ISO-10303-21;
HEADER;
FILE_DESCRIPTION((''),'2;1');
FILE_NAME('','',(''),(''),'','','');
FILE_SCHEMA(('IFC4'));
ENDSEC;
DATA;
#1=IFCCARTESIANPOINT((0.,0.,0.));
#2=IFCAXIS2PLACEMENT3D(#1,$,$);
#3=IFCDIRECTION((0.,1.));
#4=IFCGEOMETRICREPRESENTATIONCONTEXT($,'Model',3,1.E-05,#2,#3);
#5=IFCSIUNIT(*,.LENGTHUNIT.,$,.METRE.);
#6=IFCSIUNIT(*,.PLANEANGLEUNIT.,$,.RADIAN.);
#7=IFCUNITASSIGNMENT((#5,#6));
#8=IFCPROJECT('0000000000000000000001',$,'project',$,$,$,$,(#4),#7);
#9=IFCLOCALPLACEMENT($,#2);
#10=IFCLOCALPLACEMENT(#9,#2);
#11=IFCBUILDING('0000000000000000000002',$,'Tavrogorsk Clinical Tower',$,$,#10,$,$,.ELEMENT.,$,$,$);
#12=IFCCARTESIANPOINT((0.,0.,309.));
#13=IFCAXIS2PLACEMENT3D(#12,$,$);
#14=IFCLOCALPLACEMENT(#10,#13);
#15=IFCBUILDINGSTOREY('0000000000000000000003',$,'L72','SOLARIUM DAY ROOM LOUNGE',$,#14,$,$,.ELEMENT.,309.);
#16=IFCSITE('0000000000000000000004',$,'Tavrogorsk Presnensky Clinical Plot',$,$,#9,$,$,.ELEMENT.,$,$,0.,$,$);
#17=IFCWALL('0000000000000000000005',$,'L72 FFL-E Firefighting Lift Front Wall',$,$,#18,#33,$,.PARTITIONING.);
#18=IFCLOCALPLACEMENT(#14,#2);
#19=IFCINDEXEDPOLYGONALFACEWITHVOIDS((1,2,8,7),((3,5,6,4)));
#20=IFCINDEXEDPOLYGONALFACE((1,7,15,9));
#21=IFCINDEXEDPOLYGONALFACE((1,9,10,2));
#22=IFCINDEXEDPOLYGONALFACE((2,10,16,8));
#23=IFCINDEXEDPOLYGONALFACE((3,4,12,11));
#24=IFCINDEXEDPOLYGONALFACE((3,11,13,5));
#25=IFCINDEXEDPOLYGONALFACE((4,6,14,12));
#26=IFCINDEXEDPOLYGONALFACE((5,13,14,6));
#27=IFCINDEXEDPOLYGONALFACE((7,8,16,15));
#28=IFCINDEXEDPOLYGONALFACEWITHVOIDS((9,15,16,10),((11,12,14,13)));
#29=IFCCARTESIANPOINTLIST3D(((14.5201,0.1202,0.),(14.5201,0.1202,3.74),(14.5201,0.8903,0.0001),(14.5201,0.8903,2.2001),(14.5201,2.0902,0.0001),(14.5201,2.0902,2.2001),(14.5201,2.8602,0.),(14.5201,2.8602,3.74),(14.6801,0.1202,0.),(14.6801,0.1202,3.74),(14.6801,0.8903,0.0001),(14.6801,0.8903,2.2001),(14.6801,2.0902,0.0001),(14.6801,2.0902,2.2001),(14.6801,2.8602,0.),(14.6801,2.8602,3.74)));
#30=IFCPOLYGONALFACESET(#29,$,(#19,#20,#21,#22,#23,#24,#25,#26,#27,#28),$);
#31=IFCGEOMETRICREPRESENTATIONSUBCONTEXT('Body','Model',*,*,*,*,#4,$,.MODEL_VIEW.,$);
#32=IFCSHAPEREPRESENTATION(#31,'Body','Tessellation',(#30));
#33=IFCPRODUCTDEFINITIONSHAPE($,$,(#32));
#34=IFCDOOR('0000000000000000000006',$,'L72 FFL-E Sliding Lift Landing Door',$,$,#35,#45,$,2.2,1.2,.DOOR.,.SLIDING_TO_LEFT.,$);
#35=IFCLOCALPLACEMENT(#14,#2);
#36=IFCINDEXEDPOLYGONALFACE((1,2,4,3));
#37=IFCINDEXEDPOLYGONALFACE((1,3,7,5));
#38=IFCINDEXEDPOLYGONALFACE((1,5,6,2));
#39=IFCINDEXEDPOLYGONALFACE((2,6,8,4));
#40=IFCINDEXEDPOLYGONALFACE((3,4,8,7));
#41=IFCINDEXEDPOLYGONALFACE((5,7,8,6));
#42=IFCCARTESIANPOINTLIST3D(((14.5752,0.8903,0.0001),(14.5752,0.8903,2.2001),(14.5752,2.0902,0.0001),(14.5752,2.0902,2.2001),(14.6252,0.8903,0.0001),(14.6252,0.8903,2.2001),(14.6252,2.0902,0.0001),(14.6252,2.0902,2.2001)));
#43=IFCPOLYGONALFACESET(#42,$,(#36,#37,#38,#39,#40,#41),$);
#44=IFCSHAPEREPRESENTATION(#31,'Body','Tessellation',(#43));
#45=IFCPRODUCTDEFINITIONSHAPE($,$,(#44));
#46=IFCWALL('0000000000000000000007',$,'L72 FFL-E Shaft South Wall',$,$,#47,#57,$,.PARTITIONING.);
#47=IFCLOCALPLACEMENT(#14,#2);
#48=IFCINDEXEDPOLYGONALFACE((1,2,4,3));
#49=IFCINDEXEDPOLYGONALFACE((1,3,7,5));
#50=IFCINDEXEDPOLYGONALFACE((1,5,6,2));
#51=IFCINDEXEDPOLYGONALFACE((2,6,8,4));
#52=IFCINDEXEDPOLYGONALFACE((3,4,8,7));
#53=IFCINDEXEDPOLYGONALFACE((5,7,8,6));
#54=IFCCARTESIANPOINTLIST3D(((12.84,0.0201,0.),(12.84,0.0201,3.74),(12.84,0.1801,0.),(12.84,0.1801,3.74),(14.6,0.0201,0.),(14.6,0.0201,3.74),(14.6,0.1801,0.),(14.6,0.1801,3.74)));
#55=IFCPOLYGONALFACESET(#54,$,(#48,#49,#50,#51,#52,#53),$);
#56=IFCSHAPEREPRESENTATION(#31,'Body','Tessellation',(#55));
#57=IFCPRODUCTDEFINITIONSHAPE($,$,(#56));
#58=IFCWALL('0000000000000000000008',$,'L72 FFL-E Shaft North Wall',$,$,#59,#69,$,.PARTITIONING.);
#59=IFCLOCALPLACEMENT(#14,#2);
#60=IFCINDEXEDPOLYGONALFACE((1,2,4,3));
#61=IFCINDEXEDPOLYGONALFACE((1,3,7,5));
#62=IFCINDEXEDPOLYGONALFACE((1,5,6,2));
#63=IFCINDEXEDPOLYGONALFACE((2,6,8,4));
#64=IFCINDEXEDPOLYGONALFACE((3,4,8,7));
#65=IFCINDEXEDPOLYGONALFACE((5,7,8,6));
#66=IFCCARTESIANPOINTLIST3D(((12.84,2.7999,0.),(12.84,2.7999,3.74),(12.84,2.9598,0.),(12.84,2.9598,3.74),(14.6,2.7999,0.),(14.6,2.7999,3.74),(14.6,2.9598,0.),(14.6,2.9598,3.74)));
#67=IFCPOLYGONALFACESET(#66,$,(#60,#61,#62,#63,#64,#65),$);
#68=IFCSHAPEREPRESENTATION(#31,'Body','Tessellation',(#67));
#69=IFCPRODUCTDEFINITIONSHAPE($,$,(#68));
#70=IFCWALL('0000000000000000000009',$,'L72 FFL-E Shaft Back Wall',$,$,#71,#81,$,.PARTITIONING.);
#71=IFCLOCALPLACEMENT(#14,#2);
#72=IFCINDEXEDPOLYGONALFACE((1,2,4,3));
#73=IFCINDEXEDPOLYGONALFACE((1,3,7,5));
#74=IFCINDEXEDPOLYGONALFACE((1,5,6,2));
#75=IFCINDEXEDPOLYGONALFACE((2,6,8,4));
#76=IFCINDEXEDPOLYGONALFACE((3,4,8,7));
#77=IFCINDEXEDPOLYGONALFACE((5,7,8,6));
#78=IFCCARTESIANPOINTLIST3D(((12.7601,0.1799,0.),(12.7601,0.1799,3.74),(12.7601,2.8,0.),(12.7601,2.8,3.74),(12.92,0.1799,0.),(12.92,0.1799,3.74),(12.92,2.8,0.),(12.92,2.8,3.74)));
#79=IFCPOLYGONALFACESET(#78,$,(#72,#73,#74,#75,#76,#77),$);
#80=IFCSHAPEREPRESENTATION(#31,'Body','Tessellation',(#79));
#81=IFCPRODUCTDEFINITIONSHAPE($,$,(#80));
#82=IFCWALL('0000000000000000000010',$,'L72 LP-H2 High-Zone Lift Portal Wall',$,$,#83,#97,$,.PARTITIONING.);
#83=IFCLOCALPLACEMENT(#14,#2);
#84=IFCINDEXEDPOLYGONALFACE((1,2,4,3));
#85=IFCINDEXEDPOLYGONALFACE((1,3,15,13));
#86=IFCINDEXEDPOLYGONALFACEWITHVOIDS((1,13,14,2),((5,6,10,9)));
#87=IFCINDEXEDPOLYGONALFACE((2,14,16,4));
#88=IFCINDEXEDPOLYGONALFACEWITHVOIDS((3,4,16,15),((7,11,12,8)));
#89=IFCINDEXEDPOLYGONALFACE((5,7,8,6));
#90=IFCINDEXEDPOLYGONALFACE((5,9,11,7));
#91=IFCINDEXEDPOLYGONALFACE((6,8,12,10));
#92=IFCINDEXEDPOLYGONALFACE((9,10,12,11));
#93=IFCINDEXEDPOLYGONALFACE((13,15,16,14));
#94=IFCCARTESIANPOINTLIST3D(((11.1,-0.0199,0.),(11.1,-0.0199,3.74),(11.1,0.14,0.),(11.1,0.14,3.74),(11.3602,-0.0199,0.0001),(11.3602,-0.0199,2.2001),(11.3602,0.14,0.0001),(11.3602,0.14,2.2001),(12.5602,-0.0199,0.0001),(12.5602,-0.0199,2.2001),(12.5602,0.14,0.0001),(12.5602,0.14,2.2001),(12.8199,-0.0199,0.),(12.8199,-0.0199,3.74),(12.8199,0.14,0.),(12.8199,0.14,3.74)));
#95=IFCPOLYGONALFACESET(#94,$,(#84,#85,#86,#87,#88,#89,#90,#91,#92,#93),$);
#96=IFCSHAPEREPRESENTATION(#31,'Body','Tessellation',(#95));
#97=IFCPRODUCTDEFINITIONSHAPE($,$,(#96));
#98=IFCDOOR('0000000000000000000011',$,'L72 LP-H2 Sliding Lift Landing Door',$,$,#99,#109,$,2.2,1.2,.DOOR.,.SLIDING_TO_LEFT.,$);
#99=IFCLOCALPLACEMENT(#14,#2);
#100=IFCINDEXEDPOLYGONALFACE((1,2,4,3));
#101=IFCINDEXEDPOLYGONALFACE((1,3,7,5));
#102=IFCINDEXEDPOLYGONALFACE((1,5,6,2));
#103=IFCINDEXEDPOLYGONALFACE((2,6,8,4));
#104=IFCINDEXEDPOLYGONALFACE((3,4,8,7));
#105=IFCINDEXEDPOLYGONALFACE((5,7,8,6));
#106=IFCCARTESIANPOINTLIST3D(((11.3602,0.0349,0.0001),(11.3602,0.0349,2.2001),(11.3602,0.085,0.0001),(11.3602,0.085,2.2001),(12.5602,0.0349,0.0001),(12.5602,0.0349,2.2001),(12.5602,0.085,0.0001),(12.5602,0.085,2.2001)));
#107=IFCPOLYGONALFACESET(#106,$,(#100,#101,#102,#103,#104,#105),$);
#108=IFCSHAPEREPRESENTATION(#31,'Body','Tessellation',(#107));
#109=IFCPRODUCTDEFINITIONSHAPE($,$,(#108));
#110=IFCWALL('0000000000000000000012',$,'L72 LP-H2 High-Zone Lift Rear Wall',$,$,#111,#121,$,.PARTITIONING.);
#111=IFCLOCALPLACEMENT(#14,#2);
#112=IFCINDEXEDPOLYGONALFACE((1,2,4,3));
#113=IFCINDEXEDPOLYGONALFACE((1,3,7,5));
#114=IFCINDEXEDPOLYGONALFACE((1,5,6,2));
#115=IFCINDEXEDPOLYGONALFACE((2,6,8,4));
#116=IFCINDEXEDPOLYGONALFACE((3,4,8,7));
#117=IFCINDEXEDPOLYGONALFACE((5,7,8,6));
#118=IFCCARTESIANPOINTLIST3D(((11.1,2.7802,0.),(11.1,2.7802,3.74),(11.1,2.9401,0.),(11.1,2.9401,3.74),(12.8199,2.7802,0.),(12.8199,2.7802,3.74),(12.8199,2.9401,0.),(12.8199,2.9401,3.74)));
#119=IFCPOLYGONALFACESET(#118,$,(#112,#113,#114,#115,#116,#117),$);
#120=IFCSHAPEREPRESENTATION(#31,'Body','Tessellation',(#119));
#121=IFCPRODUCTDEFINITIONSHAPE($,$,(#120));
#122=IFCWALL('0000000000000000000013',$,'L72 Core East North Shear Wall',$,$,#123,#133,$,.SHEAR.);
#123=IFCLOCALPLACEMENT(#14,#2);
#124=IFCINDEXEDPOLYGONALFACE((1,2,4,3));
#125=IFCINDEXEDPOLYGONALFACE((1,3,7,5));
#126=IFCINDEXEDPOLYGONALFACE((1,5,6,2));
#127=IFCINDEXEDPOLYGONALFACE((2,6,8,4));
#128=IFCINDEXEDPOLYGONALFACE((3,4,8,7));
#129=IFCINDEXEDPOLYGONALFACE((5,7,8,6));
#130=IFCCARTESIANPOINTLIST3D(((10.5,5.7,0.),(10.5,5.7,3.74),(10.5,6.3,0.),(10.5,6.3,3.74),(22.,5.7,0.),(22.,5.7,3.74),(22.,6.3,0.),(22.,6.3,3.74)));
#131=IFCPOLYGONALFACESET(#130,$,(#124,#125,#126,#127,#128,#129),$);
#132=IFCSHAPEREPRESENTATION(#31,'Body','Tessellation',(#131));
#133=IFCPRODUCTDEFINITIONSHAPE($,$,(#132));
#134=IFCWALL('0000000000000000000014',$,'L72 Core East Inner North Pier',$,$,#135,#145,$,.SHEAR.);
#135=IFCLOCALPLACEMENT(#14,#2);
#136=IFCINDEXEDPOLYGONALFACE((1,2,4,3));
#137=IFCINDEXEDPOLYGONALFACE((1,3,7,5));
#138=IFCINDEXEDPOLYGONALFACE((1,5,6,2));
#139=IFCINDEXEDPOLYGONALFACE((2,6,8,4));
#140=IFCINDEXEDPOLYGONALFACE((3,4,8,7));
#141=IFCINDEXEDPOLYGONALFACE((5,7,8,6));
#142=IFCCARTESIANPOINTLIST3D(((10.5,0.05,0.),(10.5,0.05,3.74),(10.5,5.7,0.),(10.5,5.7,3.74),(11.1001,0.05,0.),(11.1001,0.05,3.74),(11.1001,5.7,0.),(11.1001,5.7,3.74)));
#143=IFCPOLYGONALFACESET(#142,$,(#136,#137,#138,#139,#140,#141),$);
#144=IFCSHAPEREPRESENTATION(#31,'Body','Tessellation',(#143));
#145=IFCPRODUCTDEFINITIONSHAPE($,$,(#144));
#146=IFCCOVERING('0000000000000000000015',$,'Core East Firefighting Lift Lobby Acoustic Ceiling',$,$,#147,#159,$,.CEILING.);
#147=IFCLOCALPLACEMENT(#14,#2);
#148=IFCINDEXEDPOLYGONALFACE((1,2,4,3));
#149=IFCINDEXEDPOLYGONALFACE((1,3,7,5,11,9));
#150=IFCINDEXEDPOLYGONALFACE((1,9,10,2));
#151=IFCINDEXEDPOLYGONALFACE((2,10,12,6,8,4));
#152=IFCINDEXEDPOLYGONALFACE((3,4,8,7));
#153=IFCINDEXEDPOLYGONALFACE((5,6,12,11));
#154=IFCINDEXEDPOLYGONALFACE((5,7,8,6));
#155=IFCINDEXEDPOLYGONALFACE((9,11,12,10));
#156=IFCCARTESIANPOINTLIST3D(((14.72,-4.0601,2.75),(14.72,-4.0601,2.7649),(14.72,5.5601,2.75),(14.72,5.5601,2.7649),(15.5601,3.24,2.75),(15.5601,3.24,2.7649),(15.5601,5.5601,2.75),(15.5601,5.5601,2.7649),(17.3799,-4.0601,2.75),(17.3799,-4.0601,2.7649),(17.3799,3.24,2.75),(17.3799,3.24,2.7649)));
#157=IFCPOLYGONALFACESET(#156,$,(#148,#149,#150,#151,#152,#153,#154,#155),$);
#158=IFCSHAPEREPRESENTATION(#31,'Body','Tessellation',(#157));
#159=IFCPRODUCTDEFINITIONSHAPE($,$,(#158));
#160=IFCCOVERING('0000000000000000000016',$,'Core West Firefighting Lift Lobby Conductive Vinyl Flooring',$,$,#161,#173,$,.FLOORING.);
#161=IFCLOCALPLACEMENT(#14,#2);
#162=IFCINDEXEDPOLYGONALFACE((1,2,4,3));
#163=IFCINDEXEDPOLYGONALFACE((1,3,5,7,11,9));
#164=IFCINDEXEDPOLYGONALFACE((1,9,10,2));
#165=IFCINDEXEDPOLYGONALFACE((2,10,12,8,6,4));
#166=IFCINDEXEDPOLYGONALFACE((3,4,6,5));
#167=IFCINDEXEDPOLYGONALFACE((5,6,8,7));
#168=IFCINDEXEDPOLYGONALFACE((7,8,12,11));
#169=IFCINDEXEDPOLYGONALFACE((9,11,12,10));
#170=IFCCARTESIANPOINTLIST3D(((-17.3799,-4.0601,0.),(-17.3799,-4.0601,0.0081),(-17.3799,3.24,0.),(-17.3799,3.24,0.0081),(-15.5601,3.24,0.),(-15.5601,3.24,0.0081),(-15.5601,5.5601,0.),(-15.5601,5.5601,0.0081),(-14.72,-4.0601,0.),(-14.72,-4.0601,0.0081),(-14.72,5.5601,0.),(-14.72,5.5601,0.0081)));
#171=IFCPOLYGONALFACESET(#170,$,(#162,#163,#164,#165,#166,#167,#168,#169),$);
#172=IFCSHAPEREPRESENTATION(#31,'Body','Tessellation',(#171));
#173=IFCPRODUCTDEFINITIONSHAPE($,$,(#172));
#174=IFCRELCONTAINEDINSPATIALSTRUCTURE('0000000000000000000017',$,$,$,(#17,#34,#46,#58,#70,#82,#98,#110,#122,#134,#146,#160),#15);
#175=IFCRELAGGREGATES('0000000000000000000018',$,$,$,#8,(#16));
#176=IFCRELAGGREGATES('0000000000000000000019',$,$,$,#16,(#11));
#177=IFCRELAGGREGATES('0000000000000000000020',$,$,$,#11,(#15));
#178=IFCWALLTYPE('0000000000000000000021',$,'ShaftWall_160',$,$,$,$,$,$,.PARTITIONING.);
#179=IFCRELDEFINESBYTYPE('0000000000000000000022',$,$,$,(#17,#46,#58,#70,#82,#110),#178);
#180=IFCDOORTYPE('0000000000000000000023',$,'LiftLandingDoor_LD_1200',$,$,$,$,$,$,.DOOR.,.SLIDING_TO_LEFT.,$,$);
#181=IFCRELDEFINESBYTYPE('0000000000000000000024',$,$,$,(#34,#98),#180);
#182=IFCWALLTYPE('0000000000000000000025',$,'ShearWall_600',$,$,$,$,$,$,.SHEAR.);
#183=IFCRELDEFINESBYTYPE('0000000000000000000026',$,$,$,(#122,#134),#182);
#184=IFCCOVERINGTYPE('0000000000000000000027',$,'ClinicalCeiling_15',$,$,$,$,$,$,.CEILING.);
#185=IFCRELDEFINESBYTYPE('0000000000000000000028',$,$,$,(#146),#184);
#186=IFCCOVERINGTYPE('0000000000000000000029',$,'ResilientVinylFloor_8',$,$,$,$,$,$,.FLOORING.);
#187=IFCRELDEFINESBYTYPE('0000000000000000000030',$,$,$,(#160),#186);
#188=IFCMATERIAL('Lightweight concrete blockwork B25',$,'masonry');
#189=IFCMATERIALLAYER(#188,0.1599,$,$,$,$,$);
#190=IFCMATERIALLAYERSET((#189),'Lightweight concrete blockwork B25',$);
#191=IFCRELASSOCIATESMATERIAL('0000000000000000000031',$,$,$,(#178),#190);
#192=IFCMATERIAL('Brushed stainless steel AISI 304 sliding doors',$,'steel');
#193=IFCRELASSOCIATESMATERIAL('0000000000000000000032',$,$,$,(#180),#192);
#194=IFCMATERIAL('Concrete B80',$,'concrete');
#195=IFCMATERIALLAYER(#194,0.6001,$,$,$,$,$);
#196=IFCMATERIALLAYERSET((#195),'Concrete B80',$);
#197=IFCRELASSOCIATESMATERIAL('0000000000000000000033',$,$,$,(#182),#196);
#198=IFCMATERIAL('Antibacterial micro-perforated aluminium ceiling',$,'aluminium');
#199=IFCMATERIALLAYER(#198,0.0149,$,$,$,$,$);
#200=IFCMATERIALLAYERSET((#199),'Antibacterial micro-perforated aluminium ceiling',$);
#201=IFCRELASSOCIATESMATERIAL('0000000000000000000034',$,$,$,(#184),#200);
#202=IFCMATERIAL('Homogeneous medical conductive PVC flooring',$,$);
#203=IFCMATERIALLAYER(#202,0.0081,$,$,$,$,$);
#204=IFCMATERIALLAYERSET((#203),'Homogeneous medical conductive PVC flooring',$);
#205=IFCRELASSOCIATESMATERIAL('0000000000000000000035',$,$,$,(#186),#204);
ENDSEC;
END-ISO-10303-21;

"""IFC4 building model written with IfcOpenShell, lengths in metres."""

from ifc_helpers import new_model, si_unit, direction, frame, frame_2d, origin, place, context, subcontext, project, spatial, polyline, rectangle, outline, extrude, material, layer, layer_set, type_object, element, fill, save


model = new_model("IFC4")

# Units and contexts
model_context = context("Model", 3, precision=1e-05, world=origin(), true_north=direction((0.0, 1.0)))
body_context = subcontext(model_context, "Body", "Model", "MODEL_VIEW")
ifc_project = project(units=[si_unit("LENGTHUNIT", "METRE"), si_unit("PLANEANGLEUNIT", "RADIAN")], contexts=[model_context])

# Site, building, storey
site_placement = place(None, origin())
site = spatial("IfcSite", under=ifc_project, at=site_placement, Name="Tavrogorsk Presnensky Clinical Plot", CompositionType="ELEMENT", RefElevation=0.0)
building_placement = place(site_placement, origin())
building = spatial("IfcBuilding", under=site, at=building_placement, Name="Tavrogorsk Clinical Tower", CompositionType="ELEMENT")
storey_placement = place(building_placement, frame((0.0, 0.0, 309.0)))
storey = spatial("IfcBuildingStorey", under=building, at=storey_placement, Name="L72", Description="SOLARIUM DAY ROOM LOUNGE", CompositionType="ELEMENT", Elevation=309.0)

# Wall, opening, door
ifc_material_1 = material(Name="Lightweight concrete blockwork B25", Category="masonry")
ifc_layer_1 = layer(ifc_material_1, 0.1599)
ifc_layer_set_1 = layer_set([ifc_layer_1], Name="Lightweight concrete blockwork B25")
wall_type_1 = type_object("IfcWallType", Name="ShaftWall_160", PredefinedType="PARTITIONING", material=ifc_layer_set_1)
wall_1_placement = place(storey_placement, frame((14.6001, 0.1201, 0.0), z_axis=(0.0, 0.0, 1.0), x_axis=(0.0, 1.0, 0.0)))
wall_1 = element("IfcWall", 1, at=wall_1_placement, inside=storey, type_object=wall_type_1, Name="L72 FFL-E Firefighting Lift Front Wall", PredefinedType="PARTITIONING", context=body_context, shape_type="SweptSolid", body=[
    extrude(rectangle(XDim=2.74, YDim=0.1599, at=frame_2d((1.3701, 0.0))), origin(), (0.0, 0.0, 1.0), 3.74),
])
opening_1_placement = place(wall_1_placement, frame((0.77, 0.0, 0.0)))
opening_1 = element("IfcOpeningElement", 2, at=opening_1_placement, cuts=wall_1, PredefinedType="OPENING", context=body_context, shape_type="SweptSolid", body=[
    extrude(rectangle(XDim=1.2, YDim=2.2, at=frame_2d((0.6001, 1.1001))), frame((0.0, 0.0898, 0.0), z_axis=(0.0, -1.0, 0.0), x_axis=(1.0, 0.0, 0.0)), (0.0, 0.0, 1.0), 0.1799),
])
ifc_material_2 = material(Name="Brushed stainless steel AISI 304 sliding doors", Category="steel")
door_type_1 = type_object("IfcDoorType", Name="LiftLandingDoor_LD_1200", OperationType="SLIDING_TO_LEFT", PredefinedType="DOOR", material=ifc_material_2)
door_1_placement = place(opening_1_placement, origin())
door_1 = element("IfcDoor", 3, at=door_1_placement, inside=storey, type_object=door_type_1, Name="L72 FFL-E Sliding Lift Landing Door", OperationType="SLIDING_TO_LEFT", OverallHeight=2.2, OverallWidth=1.2, PredefinedType="DOOR", context=body_context, shape_type="SweptSolid", body=[
    extrude(rectangle(XDim=1.2, YDim=2.2, at=frame_2d((0.6001, 1.1001))), frame((0.0, 0.0249, 0.0), z_axis=(0.0, -1.0, 0.0), x_axis=(1.0, 0.0, 0.0)), (0.0, 0.0, 1.0), 0.05),
])
fill(opening_1, door_1)

# Walls
for number, where, z_axis, x_axis, name in (
    (4, (12.8401, 0.1001, 0.0), (0.0, 0.0, 1.0), (1.0, 0.0, 0.0), "L72 FFL-E Shaft South Wall"),
    (5, (12.8401, 2.8799, 0.0), (0.0, 0.0, 1.0), (1.0, 0.0, 0.0), "L72 FFL-E Shaft North Wall"),
):
    element("IfcWall", number, at=place(storey_placement, frame(where, z_axis=z_axis, x_axis=x_axis)), inside=storey, type_object=wall_type_1, Name=name, PredefinedType="PARTITIONING", context=body_context, shape_type="SweptSolid", body=[
        extrude(rectangle(XDim=1.76, YDim=0.1599, at=frame_2d((0.8799, 0.0))), origin(), (0.0, 0.0, 1.0), 3.74),
    ])
wall_2_placement = place(storey_placement, frame((12.8401, 0.1799, 0.0), z_axis=(0.0, 0.0, 1.0), x_axis=(0.0, 1.0, 0.0)))
element("IfcWall", 6, at=wall_2_placement, inside=storey, type_object=wall_type_1, Name="L72 FFL-E Shaft Back Wall", PredefinedType="PARTITIONING", context=body_context, shape_type="SweptSolid", body=[
    extrude(rectangle(XDim=2.6201, YDim=0.1599, at=frame_2d((1.3101, 0.0))), origin(), (0.0, 0.0, 1.0), 3.74),
])

# Wall, opening, door
wall_3_placement = place(storey_placement, frame((11.1001, 0.0601, 0.0), z_axis=(0.0, 0.0, 1.0), x_axis=(1.0, 0.0, 0.0)))
wall_3 = element("IfcWall", 7, at=wall_3_placement, inside=storey, type_object=wall_type_1, Name="L72 LP-H2 High-Zone Lift Portal Wall", PredefinedType="PARTITIONING", context=body_context, shape_type="SweptSolid", body=[
    extrude(rectangle(XDim=1.72, YDim=0.1599, at=frame_2d((0.8599, 0.0))), origin(), (0.0, 0.0, 1.0), 3.74),
])
opening_2_placement = place(wall_3_placement, frame((0.26, 0.0, 0.0)))
opening_2 = element("IfcOpeningElement", 8, at=opening_2_placement, cuts=wall_3, PredefinedType="OPENING", context=body_context, shape_type="SweptSolid", body=[
    extrude(rectangle(XDim=1.2, YDim=2.2, at=frame_2d((0.6001, 1.1001))), frame((0.0, 0.0898, 0.0), z_axis=(0.0, -1.0, 0.0), x_axis=(1.0, 0.0, 0.0)), (0.0, 0.0, 1.0), 0.1799),
])
door_2_placement = place(opening_2_placement, origin())
door_2 = element("IfcDoor", 9, at=door_2_placement, inside=storey, type_object=door_type_1, Name="L72 LP-H2 Sliding Lift Landing Door", OperationType="SLIDING_TO_LEFT", OverallHeight=2.2, OverallWidth=1.2, PredefinedType="DOOR", context=body_context, shape_type="SweptSolid", body=[
    extrude(rectangle(XDim=1.2, YDim=2.2, at=frame_2d((0.6001, 1.1001))), frame((0.0, 0.0249, 0.0), z_axis=(0.0, -1.0, 0.0), x_axis=(1.0, 0.0, 0.0)), (0.0, 0.0, 1.0), 0.05),
])
fill(opening_2, door_2)

# Walls
wall_4_placement = place(storey_placement, frame((11.1001, 2.8601, 0.0), z_axis=(0.0, 0.0, 1.0), x_axis=(1.0, 0.0, 0.0)))
element("IfcWall", 10, at=wall_4_placement, inside=storey, type_object=wall_type_1, Name="L72 LP-H2 High-Zone Lift Rear Wall", PredefinedType="PARTITIONING", context=body_context, shape_type="SweptSolid", body=[
    extrude(rectangle(XDim=1.72, YDim=0.1599, at=frame_2d((0.8599, 0.0))), origin(), (0.0, 0.0, 1.0), 3.74),
])
ifc_material_3 = material(Name="Concrete B80", Category="concrete")
ifc_layer_2 = layer(ifc_material_3, 0.6001)
ifc_layer_set_2 = layer_set([ifc_layer_2], Name="Concrete B80")
wall_type_2 = type_object("IfcWallType", Name="ShearWall_600", PredefinedType="SHEAR", material=ifc_layer_set_2)
wall_5_placement = place(storey_placement, frame((10.5, 6.0, 0.0), z_axis=(0.0, 0.0, 1.0), x_axis=(1.0, 0.0, 0.0)))
element("IfcWall", 11, at=wall_5_placement, inside=storey, type_object=wall_type_2, Name="L72 Core East North Shear Wall", PredefinedType="SHEAR", context=body_context, shape_type="SweptSolid", body=[
    extrude(rectangle(XDim=11.5, YDim=0.6001, at=frame_2d((5.75, 0.0))), origin(), (0.0, 0.0, 1.0), 3.74),
])
wall_6_placement = place(storey_placement, frame((10.8, 0.05, 0.0), z_axis=(0.0, 0.0, 1.0), x_axis=(0.0, 1.0, 0.0)))
element("IfcWall", 12, at=wall_6_placement, inside=storey, type_object=wall_type_2, Name="L72 Core East Inner North Pier", PredefinedType="SHEAR", context=body_context, shape_type="SweptSolid", body=[
    extrude(rectangle(XDim=5.6499, YDim=0.6001, at=frame_2d((2.825, 0.0))), origin(), (0.0, 0.0, 1.0), 3.74),
])

# Coverings
ifc_material_4 = material(Name="Antibacterial micro-perforated aluminium ceiling", Category="aluminium")
ifc_layer_3 = layer(ifc_material_4, 0.0149)
ifc_layer_set_3 = layer_set([ifc_layer_3], Name="Antibacterial micro-perforated aluminium ceiling")
covering_type_1 = type_object("IfcCoveringType", Name="ClinicalCeiling_15", PredefinedType="CEILING", material=ifc_layer_set_3)
covering_1_placement = place(storey_placement, frame((0.0, 0.0, 2.75)))
element("IfcCovering", 13, at=covering_1_placement, inside=storey, type_object=covering_type_1, Name="Core East Firefighting Lift Lobby Acoustic Ceiling", PredefinedType="CEILING", context=body_context, shape_type="SweptSolid", body=[
    extrude(outline(polyline([(17.3799, -4.0601), (14.72, -4.0601), (14.72, 5.5601), (15.5601, 5.5601), (15.5601, 3.24), (17.3799, 3.24), (17.3799, -4.0601)])), origin(), (0.0, 0.0, 1.0), 0.0149),
])
ifc_material_5 = material(Name="Homogeneous medical conductive PVC flooring")
ifc_layer_4 = layer(ifc_material_5, 0.0081)
ifc_layer_set_4 = layer_set([ifc_layer_4], Name="Homogeneous medical conductive PVC flooring")
covering_type_2 = type_object("IfcCoveringType", Name="ResilientVinylFloor_8", PredefinedType="FLOORING", material=ifc_layer_set_4)
covering_2_placement = place(storey_placement, origin())
element("IfcCovering", 14, at=covering_2_placement, inside=storey, type_object=covering_type_2, Name="Core West Firefighting Lift Lobby Conductive Vinyl Flooring", PredefinedType="FLOORING", context=body_context, shape_type="SweptSolid", body=[
    extrude(outline(polyline([(-14.72, 5.5601), (-14.72, -4.0601), (-17.3799, -4.0601), (-17.3799, 3.24), (-15.5601, 3.24), (-15.5601, 5.5601), (-14.72, 5.5601)])), origin(), (0.0, 0.0, 1.0), 0.0081),
])

save(model, "model.ifc")
